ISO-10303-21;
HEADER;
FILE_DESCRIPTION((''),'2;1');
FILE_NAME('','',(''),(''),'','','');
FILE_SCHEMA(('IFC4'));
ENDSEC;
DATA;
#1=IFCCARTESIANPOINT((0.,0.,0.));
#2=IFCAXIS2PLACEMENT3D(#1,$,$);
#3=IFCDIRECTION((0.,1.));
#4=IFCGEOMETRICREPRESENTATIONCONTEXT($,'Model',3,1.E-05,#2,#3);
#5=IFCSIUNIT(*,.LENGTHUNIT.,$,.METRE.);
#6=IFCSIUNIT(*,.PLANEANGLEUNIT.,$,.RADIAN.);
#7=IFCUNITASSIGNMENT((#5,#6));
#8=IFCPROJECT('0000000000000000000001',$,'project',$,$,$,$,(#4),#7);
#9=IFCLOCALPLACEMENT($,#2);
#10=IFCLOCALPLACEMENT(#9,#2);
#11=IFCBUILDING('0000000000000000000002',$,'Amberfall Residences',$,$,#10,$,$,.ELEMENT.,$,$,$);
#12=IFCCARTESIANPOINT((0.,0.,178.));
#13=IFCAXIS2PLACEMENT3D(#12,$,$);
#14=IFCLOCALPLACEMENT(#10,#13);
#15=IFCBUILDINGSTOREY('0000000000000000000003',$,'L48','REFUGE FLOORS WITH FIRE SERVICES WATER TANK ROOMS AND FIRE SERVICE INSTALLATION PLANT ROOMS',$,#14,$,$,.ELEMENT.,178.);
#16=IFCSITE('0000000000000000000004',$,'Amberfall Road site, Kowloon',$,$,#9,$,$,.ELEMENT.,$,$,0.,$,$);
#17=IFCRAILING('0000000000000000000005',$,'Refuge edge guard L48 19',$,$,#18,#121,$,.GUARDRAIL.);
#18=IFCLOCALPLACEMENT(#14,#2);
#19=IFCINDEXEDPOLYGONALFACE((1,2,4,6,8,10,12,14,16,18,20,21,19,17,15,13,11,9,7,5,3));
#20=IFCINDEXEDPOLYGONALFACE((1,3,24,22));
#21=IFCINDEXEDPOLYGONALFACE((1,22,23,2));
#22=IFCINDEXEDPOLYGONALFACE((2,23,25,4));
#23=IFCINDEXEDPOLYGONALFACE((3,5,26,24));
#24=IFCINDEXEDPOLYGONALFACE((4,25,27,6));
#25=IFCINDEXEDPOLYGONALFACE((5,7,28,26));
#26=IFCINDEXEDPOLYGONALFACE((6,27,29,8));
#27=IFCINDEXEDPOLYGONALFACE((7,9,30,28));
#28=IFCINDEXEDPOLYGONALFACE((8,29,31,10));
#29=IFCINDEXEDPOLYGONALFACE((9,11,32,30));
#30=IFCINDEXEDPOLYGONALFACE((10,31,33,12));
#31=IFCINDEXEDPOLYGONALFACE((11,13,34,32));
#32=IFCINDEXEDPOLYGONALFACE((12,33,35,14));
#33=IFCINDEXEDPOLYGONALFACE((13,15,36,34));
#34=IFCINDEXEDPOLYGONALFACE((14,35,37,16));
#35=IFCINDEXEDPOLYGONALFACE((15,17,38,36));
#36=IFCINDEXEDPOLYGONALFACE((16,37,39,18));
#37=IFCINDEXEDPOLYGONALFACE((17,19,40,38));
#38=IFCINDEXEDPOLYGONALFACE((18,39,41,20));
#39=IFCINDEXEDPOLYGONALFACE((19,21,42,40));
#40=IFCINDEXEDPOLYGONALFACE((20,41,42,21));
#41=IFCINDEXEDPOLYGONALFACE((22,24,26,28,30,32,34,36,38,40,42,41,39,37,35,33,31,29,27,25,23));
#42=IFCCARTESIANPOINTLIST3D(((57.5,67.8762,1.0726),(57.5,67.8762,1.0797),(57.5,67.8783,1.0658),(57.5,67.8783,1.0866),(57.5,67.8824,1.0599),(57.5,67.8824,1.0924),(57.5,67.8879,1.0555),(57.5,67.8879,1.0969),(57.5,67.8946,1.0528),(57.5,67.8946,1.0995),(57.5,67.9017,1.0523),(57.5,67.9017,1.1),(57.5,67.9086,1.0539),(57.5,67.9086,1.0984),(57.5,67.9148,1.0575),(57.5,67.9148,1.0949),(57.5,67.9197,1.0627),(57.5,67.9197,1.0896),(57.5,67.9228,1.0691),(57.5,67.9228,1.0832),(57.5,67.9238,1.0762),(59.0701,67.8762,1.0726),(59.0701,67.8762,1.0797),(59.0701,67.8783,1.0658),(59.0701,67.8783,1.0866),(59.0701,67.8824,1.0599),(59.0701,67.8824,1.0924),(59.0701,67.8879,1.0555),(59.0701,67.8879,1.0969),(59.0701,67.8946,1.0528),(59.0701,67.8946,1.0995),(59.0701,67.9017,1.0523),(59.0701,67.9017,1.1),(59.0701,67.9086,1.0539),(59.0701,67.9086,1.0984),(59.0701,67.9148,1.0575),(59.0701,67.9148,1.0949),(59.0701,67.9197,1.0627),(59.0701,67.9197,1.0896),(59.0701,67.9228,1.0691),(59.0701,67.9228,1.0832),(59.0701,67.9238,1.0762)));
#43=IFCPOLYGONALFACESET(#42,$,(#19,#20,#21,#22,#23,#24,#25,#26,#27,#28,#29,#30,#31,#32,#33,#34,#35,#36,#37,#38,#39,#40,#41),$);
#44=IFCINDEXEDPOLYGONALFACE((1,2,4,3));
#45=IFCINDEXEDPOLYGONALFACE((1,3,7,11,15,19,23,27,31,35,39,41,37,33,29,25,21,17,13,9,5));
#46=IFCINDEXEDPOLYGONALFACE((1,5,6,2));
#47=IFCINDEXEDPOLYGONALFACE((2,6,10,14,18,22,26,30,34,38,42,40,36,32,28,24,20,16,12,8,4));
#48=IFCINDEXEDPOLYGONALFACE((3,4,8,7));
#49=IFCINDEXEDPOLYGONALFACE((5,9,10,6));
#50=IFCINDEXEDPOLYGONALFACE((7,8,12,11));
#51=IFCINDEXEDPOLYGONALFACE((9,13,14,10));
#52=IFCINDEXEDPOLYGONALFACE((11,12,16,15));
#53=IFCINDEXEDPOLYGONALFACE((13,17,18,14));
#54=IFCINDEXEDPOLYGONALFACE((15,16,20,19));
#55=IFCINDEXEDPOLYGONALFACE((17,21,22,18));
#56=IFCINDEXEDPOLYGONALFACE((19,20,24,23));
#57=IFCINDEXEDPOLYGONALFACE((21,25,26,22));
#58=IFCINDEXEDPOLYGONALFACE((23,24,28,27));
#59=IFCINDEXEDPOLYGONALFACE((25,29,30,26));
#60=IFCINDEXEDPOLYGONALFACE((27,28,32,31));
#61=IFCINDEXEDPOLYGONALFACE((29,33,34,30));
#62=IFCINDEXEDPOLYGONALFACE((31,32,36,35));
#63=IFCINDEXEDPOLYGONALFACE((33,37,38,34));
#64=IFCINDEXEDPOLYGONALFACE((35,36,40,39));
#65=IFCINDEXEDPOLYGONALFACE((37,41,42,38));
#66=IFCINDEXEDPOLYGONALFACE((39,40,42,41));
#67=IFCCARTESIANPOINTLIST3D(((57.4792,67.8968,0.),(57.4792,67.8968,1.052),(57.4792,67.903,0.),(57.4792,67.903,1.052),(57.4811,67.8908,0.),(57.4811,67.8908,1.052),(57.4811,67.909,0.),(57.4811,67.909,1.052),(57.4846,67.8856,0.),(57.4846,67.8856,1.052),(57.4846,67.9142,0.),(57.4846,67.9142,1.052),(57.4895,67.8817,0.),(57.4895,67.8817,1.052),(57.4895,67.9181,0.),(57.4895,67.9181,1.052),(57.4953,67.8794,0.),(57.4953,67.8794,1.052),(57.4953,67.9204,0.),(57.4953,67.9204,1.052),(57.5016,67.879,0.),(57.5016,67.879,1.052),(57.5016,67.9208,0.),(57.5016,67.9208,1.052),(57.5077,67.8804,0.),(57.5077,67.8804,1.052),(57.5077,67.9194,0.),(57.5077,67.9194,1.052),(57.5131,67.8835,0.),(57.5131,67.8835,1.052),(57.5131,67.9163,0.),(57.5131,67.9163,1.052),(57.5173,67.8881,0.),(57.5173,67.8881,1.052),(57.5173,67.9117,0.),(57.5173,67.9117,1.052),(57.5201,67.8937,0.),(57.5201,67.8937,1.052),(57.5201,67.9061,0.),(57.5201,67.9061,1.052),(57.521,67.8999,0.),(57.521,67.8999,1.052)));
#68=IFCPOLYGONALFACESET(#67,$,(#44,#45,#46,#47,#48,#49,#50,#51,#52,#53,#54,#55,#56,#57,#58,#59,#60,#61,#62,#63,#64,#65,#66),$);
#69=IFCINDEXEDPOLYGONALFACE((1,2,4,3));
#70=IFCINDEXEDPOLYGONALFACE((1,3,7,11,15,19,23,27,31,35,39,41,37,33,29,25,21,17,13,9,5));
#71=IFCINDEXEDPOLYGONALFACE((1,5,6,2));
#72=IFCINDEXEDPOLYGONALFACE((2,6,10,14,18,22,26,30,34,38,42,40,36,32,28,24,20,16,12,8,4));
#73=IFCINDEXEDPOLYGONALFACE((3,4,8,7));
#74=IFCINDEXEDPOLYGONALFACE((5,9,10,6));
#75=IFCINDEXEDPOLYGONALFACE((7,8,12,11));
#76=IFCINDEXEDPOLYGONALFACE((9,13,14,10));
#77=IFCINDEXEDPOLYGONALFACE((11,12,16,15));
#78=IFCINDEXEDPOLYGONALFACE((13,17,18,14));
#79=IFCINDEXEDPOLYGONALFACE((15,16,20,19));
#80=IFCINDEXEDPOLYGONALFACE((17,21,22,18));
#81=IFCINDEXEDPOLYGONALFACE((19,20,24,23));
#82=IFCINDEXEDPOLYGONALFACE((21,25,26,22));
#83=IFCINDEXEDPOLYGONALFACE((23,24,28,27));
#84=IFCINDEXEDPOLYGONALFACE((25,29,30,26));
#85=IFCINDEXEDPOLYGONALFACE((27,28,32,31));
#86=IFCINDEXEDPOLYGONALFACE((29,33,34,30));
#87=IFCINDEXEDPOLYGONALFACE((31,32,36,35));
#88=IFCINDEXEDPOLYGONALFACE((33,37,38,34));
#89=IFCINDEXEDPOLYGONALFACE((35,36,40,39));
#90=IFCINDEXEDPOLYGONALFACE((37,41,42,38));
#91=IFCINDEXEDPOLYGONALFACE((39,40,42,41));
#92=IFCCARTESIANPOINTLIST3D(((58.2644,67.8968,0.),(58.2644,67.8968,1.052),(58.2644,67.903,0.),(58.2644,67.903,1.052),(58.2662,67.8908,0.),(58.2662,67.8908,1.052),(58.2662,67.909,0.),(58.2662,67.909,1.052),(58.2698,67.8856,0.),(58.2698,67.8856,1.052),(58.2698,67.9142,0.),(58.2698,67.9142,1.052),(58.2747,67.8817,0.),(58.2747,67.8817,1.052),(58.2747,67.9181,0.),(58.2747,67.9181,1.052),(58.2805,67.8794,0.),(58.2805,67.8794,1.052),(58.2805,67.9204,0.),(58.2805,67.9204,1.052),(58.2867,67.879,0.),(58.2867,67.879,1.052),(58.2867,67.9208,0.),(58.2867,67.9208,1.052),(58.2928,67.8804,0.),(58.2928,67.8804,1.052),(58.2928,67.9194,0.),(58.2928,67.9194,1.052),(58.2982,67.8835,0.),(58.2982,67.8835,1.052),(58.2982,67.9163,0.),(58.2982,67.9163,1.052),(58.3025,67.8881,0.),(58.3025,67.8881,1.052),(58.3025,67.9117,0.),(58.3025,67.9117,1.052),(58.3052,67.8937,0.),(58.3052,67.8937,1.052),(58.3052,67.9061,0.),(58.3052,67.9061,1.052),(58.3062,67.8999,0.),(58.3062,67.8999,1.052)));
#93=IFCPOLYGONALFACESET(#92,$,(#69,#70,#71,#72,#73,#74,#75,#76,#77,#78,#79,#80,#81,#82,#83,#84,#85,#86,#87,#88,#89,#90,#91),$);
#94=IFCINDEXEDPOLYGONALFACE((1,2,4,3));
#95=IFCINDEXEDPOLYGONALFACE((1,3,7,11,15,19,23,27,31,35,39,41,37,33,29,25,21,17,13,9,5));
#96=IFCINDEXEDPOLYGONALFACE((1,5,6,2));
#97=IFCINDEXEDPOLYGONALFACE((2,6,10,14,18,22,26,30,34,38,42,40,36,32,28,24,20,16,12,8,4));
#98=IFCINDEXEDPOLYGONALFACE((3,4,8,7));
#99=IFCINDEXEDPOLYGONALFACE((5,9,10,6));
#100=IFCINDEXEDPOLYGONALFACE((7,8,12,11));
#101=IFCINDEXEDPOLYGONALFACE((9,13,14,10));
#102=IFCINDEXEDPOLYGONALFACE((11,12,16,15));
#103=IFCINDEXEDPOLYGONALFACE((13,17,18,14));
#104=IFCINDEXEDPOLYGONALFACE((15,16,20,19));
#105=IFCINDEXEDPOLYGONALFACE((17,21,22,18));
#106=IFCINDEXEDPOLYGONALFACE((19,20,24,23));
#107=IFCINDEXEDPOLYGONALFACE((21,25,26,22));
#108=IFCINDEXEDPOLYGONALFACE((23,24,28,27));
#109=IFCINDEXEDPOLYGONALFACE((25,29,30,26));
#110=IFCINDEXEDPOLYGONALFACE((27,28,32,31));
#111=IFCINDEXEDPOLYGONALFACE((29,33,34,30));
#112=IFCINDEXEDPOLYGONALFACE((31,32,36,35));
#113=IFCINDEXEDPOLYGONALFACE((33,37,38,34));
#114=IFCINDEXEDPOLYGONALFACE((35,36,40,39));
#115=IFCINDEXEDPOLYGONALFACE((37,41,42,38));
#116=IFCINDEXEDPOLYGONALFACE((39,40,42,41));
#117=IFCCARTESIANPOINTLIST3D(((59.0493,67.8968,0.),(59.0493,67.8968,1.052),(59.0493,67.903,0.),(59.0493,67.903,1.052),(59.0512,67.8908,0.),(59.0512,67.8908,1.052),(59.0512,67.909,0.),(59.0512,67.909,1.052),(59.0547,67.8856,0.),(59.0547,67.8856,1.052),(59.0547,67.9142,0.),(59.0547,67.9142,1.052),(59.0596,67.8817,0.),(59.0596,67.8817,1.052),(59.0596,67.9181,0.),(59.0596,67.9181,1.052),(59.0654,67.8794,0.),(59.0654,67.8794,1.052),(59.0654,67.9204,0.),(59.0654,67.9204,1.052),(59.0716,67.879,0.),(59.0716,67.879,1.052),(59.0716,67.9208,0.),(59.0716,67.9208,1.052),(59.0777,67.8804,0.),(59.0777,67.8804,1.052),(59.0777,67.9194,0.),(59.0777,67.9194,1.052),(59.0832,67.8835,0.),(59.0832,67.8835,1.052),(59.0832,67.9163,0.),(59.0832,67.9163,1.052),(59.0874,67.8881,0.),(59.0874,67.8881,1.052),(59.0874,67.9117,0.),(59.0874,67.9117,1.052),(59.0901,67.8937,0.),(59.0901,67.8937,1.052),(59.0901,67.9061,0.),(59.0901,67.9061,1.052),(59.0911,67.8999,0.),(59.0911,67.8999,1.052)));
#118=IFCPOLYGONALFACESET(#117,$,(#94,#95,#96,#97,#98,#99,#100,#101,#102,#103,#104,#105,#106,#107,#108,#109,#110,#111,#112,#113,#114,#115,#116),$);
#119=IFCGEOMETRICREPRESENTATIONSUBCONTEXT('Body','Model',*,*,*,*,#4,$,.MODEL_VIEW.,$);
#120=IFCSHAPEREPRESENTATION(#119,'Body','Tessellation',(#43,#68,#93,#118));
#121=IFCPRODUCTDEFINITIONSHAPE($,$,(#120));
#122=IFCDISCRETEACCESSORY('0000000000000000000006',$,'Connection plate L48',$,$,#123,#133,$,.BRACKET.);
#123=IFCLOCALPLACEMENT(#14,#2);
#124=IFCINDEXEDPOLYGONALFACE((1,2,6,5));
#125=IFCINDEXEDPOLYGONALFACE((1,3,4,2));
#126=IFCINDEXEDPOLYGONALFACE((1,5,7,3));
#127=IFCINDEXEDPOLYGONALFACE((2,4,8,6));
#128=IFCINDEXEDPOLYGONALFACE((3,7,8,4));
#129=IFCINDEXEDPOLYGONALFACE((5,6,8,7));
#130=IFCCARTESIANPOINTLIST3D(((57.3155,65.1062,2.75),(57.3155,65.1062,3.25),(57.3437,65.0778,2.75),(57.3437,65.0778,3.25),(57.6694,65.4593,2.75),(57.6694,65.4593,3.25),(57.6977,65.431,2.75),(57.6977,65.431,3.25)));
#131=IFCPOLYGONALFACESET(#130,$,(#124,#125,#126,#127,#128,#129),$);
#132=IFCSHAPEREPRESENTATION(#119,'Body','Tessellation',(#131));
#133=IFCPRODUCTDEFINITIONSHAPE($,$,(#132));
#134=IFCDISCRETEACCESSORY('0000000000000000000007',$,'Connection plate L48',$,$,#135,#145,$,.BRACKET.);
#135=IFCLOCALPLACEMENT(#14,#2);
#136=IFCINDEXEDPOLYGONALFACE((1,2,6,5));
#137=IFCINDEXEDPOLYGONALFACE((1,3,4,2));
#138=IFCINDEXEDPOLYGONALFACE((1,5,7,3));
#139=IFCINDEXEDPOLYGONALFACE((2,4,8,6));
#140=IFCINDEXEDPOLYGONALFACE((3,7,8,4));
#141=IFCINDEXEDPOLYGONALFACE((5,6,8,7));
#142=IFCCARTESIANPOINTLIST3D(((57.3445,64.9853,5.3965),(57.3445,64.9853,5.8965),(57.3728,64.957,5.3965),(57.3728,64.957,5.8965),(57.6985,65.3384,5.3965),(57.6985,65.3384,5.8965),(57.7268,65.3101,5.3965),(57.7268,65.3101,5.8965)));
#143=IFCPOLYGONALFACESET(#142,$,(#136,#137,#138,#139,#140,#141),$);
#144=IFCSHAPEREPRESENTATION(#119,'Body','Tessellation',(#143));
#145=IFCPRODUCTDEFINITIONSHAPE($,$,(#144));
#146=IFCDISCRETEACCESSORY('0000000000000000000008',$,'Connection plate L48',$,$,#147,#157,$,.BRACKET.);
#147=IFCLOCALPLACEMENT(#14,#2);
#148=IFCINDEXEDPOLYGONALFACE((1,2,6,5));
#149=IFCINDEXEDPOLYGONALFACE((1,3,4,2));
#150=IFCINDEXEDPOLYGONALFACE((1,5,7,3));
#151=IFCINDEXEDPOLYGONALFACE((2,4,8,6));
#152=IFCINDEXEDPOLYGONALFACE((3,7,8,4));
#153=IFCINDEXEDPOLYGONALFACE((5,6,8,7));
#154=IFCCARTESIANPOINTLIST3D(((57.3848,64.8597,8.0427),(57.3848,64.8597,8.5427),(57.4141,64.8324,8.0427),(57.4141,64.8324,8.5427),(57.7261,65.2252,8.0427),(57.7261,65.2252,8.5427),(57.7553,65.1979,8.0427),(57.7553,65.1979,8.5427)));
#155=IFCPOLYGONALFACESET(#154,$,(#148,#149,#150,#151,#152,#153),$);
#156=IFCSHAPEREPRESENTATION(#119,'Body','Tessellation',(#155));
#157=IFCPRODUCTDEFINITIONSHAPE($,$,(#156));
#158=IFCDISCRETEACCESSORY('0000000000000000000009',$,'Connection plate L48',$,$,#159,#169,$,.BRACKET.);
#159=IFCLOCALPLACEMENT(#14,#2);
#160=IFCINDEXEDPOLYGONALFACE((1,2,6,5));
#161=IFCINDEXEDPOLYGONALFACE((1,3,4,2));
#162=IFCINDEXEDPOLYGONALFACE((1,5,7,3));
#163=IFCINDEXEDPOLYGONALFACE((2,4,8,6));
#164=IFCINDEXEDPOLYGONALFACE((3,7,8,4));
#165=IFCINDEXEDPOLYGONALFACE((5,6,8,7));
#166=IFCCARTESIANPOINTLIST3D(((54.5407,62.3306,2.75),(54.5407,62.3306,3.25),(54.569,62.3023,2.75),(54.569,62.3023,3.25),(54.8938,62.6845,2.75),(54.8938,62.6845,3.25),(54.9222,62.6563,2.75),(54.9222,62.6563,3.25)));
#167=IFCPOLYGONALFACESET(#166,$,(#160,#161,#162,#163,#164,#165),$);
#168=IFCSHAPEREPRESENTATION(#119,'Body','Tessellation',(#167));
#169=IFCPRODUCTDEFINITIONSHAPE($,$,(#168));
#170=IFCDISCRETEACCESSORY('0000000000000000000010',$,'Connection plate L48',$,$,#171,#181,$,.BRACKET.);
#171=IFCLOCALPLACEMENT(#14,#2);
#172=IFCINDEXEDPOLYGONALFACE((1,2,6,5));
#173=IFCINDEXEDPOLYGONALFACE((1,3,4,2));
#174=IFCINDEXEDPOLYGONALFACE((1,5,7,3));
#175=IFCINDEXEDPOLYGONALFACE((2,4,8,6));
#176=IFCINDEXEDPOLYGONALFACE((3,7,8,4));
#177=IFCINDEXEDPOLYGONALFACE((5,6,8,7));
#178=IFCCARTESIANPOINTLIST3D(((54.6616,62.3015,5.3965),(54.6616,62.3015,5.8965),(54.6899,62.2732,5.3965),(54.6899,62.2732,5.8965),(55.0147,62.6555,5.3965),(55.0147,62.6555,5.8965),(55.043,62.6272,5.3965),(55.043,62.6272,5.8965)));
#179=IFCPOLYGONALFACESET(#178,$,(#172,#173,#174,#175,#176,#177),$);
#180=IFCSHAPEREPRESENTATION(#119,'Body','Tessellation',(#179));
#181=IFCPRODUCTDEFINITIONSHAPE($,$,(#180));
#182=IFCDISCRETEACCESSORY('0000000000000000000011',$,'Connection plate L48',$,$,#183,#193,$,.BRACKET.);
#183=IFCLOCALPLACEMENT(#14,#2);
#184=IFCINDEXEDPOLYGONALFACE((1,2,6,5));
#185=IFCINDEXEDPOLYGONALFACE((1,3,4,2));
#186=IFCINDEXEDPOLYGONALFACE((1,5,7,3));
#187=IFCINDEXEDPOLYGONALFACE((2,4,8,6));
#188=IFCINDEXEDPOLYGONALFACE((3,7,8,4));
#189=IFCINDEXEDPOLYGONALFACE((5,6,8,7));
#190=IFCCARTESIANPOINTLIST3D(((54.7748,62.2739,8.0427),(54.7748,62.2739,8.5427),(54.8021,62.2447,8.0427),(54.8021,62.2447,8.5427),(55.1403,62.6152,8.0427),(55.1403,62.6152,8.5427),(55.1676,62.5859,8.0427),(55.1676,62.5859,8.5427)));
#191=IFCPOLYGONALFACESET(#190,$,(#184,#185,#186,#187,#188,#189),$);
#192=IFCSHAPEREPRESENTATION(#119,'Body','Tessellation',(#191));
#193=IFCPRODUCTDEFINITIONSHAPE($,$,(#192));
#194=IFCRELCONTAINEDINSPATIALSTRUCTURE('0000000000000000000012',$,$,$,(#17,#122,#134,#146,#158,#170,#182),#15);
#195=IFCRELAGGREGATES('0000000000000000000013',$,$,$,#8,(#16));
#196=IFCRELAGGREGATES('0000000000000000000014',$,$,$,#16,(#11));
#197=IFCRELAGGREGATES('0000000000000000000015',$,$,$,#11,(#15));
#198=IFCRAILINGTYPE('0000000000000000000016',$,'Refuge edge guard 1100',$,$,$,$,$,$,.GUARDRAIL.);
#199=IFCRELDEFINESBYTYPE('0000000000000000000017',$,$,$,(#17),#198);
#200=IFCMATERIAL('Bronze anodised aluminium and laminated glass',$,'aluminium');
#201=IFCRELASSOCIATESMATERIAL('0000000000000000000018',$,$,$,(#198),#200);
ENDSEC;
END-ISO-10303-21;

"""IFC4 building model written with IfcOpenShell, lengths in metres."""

from ifc_helpers import new_model, si_unit, direction, frame, origin, origin_2d, place, context, subcontext, project, spatial, rectangle, circle, extrude, material, type_object, element, save


model = new_model("IFC4")

# Units and contexts
model_context = context("Model", 3, precision=1e-05, world=origin(), true_north=direction((0.0, 1.0)))
body_context = subcontext(model_context, "Body", "Model", "MODEL_VIEW")
ifc_project = project(units=[si_unit("LENGTHUNIT", "METRE"), si_unit("PLANEANGLEUNIT", "RADIAN")], contexts=[model_context])

# Site, building, storey
site_placement = place(None, origin())
site = spatial("IfcSite", under=ifc_project, at=site_placement, Name="Amberfall Road site, Kowloon", CompositionType="ELEMENT", RefElevation=0.0)
building_placement = place(site_placement, origin())
building = spatial("IfcBuilding", under=site, at=building_placement, Name="Amberfall Residences", CompositionType="ELEMENT")
storey_placement = place(building_placement, frame((0.0, 0.0, 178.0)))
storey = spatial("IfcBuildingStorey", under=building, at=storey_placement, Name="L48", Description="REFUGE FLOORS WITH FIRE SERVICES WATER TANK ROOMS AND FIRE SERVICE INSTALLATION PLANT ROOMS", CompositionType="ELEMENT", Elevation=178.0)

# Railing
ifc_material_1 = material(Name="Bronze anodised aluminium and laminated glass", Category="aluminium")
railing_type = type_object("IfcRailingType", Name="Refuge edge guard 1100", PredefinedType="GUARDRAIL", material=ifc_material_1)
railing_1_placement = place(storey_placement, frame((57.5, 67.8999, 0.0)))
element("IfcRailing", 1, at=railing_1_placement, inside=storey, type_object=railing_type, Name="Refuge edge guard L48 19", PredefinedType="GUARDRAIL", context=body_context, shape_type="SweptSolid", body=[
    extrude(circle(Radius=0.0239, at=origin_2d()), frame((0.0, 0.0, 1.0762), z_axis=(1.0, 0.0, 0.0), x_axis=(0.0, 1.0, 0.0)), (0.0, 0.0, 1.0), 1.5701),
    extrude(circle(Radius=0.021, at=origin_2d()), origin(), (0.0, 0.0, 1.0), 1.052),
    extrude(circle(Radius=0.021, at=origin_2d()), frame((0.7852, 0.0, 0.0)), (0.0, 0.0, 1.0), 1.052),
    extrude(circle(Radius=0.021, at=origin_2d()), frame((1.5701, 0.0, 0.0)), (0.0, 0.0, 1.0), 1.052),
])

# Discrete accessories
for number, where, z_axis, x_axis, name in (
    (2, (57.5066, 65.2686, 2.75), (0.0, 0.0, 1.0), (0.707933, 0.706279, 0.0), "Connection plate L48"),
    (3, (57.5356, 65.1477, 5.3965), (0.0, 0.0, 1.0), (0.707933, 0.706279, 0.0), "Connection plate L48"),
    (4, (57.5701, 65.0288, 8.0427), (0.0, 0.0, 1.0), (0.682496, 0.730889, 0.0), "Connection plate L48"),
    (5, (54.7314, 62.4934, 2.75), (0.0, 0.0, 1.0), (-0.706279, -0.707933, 0.0), "Connection plate L48"),
    (6, (54.8523, 62.4644, 5.3965), (0.0, 0.0, 1.0), (-0.706279, -0.707933, 0.0), "Connection plate L48"),
    (7, (54.9712, 62.4299, 8.0427), (0.0, 0.0, 1.0), (-0.730889, -0.682496, 0.0), "Connection plate L48"),
):
    element("IfcDiscreteAccessory", number, at=place(storey_placement, frame(where, z_axis=z_axis, x_axis=x_axis)), inside=storey, Name=name, PredefinedType="BRACKET", context=body_context, shape_type="SweptSolid", body=[
        extrude(rectangle(XDim=0.5, YDim=0.04, at=origin_2d()), origin(), (0.0, 0.0, 1.0), 0.5),
    ])

save(model, "model.ifc")
